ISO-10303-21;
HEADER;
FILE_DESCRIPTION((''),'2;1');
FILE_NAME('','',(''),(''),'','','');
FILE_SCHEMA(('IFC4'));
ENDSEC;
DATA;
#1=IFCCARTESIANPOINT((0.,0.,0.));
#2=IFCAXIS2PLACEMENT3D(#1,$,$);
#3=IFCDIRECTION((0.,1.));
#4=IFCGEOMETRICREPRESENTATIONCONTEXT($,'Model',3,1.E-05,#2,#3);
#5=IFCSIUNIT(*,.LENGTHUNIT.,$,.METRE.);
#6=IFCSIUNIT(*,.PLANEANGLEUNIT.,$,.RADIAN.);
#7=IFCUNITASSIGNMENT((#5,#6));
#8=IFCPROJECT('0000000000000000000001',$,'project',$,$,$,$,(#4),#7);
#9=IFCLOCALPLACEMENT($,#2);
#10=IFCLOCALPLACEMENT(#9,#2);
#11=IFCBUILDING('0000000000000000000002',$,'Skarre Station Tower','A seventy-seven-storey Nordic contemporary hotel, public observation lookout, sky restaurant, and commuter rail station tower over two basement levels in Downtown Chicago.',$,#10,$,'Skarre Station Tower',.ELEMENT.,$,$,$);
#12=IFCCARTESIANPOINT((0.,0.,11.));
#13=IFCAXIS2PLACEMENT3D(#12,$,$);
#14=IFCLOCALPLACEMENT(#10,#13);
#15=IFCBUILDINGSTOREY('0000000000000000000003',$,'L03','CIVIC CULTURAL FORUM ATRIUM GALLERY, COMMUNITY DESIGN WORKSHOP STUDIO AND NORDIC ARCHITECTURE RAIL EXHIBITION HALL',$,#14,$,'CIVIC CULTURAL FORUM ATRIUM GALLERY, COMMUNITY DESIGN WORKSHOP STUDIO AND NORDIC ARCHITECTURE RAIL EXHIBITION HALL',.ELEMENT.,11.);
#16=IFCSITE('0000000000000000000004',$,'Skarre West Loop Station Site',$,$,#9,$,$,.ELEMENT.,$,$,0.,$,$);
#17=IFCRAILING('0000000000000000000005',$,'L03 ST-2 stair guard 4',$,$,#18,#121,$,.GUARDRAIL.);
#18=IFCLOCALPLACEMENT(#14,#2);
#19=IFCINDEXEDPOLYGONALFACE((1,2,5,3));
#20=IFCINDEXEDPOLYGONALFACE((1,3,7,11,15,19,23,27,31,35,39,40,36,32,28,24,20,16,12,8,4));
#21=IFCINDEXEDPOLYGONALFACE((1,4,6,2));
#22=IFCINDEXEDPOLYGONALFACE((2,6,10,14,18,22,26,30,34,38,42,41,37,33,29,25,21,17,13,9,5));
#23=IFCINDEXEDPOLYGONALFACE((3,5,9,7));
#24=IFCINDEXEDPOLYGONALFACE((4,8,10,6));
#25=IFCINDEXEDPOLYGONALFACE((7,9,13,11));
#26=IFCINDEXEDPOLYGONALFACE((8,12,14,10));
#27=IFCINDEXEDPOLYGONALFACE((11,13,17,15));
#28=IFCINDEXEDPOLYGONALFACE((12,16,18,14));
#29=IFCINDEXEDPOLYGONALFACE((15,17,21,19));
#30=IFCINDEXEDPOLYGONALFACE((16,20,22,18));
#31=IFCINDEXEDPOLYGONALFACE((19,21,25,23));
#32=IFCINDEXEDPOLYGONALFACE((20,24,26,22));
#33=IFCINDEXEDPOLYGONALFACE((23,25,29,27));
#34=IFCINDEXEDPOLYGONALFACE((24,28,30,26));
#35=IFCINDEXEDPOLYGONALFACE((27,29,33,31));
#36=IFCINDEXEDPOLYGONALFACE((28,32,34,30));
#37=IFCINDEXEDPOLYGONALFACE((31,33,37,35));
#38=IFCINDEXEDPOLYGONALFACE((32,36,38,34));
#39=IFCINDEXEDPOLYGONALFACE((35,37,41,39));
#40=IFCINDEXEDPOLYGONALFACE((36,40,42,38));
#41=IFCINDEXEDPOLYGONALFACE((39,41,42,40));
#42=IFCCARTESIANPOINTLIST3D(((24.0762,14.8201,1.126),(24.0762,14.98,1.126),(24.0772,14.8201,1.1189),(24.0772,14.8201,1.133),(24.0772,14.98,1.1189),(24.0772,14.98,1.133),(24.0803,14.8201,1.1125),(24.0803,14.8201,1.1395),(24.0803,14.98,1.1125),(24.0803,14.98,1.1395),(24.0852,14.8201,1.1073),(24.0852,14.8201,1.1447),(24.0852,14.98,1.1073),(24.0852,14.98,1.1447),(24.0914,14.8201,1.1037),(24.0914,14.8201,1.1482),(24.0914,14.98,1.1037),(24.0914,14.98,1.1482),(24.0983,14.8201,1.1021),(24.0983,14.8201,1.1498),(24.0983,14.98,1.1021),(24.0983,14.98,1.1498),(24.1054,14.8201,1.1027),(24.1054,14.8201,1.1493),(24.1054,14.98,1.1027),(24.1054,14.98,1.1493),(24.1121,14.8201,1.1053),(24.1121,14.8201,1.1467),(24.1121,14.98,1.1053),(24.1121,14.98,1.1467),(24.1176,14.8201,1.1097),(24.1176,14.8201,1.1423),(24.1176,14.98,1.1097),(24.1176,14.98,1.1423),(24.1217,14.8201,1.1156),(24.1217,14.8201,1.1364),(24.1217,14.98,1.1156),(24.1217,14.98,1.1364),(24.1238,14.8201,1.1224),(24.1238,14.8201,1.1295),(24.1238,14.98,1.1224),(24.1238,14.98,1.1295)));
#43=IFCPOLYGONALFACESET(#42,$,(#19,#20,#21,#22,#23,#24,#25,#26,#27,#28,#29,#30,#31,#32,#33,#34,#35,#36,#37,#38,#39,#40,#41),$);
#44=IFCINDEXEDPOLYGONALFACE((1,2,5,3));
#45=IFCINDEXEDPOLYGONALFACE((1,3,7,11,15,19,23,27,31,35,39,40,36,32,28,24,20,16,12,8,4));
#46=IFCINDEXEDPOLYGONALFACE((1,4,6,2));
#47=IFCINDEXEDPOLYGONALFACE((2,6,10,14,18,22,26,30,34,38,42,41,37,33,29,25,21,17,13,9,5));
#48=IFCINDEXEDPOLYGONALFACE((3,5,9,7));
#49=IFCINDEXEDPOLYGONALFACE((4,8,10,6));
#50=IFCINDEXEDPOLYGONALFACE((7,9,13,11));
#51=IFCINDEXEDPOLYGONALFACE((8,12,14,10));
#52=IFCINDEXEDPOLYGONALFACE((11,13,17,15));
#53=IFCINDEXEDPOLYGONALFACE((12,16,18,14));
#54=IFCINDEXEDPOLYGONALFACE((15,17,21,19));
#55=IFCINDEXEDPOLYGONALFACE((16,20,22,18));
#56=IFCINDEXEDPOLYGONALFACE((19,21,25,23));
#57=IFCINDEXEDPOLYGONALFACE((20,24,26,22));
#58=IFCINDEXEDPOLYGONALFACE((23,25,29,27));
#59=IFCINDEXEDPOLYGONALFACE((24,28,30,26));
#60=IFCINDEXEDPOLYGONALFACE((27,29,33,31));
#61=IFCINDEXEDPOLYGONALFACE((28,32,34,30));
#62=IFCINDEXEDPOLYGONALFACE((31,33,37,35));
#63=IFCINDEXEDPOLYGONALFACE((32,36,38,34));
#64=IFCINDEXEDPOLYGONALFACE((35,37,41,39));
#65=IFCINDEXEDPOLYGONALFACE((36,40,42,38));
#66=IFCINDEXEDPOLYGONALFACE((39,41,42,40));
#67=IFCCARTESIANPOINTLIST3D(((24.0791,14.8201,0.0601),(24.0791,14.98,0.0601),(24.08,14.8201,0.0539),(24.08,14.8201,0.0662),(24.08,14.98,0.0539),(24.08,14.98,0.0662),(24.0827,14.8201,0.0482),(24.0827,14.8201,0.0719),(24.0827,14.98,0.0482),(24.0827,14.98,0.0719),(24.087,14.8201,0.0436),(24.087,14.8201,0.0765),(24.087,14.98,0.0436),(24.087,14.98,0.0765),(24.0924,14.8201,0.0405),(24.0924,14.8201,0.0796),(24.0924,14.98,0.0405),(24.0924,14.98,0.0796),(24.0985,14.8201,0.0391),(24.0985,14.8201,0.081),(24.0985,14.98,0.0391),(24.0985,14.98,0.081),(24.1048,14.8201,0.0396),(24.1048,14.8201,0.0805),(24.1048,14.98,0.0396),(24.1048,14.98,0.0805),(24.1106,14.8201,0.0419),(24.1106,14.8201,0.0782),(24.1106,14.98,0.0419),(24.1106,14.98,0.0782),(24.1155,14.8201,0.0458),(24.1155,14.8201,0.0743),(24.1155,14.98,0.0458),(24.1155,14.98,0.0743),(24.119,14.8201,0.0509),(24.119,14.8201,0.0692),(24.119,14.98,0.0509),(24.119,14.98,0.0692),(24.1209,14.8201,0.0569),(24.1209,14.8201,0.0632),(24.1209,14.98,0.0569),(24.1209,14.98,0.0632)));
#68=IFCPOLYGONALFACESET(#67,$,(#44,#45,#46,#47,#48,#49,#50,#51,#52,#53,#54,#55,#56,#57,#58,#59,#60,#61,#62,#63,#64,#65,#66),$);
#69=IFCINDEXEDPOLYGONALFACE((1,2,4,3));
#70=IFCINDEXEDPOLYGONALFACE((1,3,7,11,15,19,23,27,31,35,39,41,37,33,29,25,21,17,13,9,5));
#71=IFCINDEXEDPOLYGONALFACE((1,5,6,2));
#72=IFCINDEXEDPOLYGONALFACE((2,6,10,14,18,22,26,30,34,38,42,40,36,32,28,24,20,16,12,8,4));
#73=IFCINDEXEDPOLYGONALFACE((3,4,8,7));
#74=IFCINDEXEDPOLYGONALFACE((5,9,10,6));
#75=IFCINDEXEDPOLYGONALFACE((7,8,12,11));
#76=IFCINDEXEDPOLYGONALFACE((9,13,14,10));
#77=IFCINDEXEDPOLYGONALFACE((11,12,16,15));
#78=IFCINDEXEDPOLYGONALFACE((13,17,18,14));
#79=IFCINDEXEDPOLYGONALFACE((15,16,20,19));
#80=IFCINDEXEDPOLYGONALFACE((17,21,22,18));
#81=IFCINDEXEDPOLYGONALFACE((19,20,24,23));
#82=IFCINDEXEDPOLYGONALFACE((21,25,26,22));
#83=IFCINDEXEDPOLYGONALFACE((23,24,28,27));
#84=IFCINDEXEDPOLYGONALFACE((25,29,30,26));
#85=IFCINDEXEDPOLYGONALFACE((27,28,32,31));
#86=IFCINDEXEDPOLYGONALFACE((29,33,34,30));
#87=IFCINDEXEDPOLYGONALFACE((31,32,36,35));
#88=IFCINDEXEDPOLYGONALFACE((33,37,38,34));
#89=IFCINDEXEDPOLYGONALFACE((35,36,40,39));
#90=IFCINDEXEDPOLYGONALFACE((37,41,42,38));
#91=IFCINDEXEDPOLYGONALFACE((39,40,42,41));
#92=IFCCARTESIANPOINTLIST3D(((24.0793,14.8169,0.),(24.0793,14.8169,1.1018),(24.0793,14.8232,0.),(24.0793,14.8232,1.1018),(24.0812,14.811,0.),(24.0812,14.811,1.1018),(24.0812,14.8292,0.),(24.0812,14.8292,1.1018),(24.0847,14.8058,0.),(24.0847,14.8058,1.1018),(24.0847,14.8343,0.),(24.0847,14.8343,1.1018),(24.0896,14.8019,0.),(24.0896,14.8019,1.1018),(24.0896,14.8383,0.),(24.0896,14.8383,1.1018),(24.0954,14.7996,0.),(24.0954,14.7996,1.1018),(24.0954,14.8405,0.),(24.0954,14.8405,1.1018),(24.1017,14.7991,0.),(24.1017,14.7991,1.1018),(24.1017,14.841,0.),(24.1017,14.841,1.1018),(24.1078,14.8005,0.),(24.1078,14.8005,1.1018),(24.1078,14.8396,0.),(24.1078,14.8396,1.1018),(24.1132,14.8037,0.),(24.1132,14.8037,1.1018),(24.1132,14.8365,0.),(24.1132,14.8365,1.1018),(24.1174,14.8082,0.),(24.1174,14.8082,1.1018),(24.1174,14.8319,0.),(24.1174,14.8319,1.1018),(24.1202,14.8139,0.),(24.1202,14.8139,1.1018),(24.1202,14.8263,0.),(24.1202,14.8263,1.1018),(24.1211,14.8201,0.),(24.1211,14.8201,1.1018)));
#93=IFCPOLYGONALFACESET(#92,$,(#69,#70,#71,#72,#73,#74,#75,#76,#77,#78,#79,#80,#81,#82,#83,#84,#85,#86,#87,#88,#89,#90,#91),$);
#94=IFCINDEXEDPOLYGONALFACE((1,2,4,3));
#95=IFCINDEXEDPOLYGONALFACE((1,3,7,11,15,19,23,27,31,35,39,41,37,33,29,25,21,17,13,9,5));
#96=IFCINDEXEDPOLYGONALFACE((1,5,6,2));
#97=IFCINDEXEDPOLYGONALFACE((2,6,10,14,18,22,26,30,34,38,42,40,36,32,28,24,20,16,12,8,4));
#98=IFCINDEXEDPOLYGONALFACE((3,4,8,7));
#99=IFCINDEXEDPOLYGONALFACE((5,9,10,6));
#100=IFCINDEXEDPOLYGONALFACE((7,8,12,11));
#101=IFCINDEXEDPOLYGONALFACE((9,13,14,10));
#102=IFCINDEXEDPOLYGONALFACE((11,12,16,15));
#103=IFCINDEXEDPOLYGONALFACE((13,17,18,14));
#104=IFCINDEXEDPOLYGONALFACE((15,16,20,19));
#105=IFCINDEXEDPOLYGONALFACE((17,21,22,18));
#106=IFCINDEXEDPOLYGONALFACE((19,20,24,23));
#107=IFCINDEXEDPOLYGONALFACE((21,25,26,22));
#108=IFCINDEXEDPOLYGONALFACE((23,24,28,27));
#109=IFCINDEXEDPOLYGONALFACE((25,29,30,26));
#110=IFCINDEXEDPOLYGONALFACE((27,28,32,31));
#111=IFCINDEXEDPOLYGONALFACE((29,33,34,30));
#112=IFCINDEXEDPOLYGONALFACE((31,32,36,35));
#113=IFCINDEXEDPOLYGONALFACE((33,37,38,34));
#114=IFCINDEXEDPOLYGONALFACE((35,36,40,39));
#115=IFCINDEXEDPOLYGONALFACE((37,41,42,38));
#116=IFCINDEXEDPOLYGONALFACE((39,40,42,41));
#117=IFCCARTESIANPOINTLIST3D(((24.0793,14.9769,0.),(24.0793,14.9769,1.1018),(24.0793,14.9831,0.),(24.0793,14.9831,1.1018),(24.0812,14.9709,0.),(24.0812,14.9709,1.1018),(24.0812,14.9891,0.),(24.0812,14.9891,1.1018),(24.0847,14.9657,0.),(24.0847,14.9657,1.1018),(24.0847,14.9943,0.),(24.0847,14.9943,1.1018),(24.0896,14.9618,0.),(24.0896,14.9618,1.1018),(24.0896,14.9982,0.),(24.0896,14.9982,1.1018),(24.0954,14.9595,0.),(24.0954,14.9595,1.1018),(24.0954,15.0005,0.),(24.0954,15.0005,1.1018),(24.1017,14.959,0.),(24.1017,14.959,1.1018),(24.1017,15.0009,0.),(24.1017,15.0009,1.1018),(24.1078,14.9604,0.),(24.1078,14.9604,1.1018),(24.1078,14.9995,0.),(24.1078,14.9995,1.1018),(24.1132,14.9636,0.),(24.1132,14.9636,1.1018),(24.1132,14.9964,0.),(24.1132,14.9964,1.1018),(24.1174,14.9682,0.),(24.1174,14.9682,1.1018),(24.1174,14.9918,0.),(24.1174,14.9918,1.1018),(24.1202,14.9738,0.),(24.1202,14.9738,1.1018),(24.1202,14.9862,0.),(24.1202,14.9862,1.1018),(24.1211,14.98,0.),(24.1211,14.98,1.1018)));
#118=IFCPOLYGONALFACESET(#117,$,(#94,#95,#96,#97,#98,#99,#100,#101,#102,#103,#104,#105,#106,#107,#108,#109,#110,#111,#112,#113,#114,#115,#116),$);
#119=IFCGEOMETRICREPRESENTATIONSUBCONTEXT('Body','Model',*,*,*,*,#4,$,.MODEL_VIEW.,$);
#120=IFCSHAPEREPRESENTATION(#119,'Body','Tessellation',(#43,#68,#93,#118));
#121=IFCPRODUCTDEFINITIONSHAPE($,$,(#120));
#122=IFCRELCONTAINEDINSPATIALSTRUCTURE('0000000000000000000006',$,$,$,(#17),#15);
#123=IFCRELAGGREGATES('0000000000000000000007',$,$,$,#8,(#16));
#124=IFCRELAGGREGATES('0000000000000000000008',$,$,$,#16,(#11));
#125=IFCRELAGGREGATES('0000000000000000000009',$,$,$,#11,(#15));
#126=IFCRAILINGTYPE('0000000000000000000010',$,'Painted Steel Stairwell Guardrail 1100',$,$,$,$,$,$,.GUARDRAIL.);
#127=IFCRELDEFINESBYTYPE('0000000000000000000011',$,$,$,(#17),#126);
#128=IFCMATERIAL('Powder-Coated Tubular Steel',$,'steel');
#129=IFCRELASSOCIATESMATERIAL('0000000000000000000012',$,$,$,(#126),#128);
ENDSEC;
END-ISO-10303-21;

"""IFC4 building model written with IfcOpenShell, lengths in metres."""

from ifc_helpers import new_model, si_unit, direction, frame, origin, origin_2d, place, context, subcontext, project, spatial, circle, extrude, material, type_object, element, save


model = new_model("IFC4")

# Units and contexts
model_context = context("Model", 3, precision=1e-05, world=origin(), true_north=direction((0.0, 1.0)))
body_context = subcontext(model_context, "Body", "Model", "MODEL_VIEW")
ifc_project = project(units=[si_unit("LENGTHUNIT", "METRE"), si_unit("PLANEANGLEUNIT", "RADIAN")], contexts=[model_context])

# Site, building, storey
site_placement = place(None, origin())
site = spatial("IfcSite", under=ifc_project, at=site_placement, Name="Skarre West Loop Station Site", CompositionType="ELEMENT", RefElevation=0.0)
building_placement = place(site_placement, origin())
building = spatial("IfcBuilding", under=site, at=building_placement, Name="Skarre Station Tower", Description="A seventy-seven-storey Nordic contemporary hotel, public observation lookout, sky restaurant, and commuter rail station tower over two basement levels in Downtown Chicago.", LongName="Skarre Station Tower", CompositionType="ELEMENT")
storey_placement = place(building_placement, frame((0.0, 0.0, 11.0)))
storey = spatial("IfcBuildingStorey", under=building, at=storey_placement, Name="L03", Description="CIVIC CULTURAL FORUM ATRIUM GALLERY, COMMUNITY DESIGN WORKSHOP STUDIO AND NORDIC ARCHITECTURE RAIL EXHIBITION HALL", LongName="CIVIC CULTURAL FORUM ATRIUM GALLERY, COMMUNITY DESIGN WORKSHOP STUDIO AND NORDIC ARCHITECTURE RAIL EXHIBITION HALL", CompositionType="ELEMENT", Elevation=11.0)

# Railing
ifc_material_1 = material(Name="Powder-Coated Tubular Steel", Category="steel")
railing_type_1 = type_object("IfcRailingType", Name="Painted Steel Stairwell Guardrail 1100", PredefinedType="GUARDRAIL", material=ifc_material_1)
railing_1_placement = place(storey_placement, frame((24.1001, 14.8201, 0.0)))
element("IfcRailing", 1, at=railing_1_placement, inside=storey, type_object=railing_type_1, Name="L03 ST-2 stair guard 4", PredefinedType="GUARDRAIL", context=body_context, shape_type="SweptSolid", body=[
    extrude(circle(Radius=0.0239, at=origin_2d()), frame((0.0, 0.0, 1.126), z_axis=(0.0, 1.0, 0.0), x_axis=(-1.0, 0.0, 0.0)), (0.0, 0.0, 1.0), 0.1599),
    extrude(circle(Radius=0.021, at=origin_2d()), frame((0.0, 0.0, 0.0601), z_axis=(0.0, 1.0, 0.0), x_axis=(-1.0, 0.0, 0.0)), (0.0, 0.0, 1.0), 0.1599),
    extrude(circle(Radius=0.021, at=origin_2d()), origin(), (0.0, 0.0, 1.0), 1.1018),
    extrude(circle(Radius=0.021, at=origin_2d()), frame((0.0, 0.1599, 0.0)), (0.0, 0.0, 1.0), 1.1018),
])

save(model, "model.ifc")
